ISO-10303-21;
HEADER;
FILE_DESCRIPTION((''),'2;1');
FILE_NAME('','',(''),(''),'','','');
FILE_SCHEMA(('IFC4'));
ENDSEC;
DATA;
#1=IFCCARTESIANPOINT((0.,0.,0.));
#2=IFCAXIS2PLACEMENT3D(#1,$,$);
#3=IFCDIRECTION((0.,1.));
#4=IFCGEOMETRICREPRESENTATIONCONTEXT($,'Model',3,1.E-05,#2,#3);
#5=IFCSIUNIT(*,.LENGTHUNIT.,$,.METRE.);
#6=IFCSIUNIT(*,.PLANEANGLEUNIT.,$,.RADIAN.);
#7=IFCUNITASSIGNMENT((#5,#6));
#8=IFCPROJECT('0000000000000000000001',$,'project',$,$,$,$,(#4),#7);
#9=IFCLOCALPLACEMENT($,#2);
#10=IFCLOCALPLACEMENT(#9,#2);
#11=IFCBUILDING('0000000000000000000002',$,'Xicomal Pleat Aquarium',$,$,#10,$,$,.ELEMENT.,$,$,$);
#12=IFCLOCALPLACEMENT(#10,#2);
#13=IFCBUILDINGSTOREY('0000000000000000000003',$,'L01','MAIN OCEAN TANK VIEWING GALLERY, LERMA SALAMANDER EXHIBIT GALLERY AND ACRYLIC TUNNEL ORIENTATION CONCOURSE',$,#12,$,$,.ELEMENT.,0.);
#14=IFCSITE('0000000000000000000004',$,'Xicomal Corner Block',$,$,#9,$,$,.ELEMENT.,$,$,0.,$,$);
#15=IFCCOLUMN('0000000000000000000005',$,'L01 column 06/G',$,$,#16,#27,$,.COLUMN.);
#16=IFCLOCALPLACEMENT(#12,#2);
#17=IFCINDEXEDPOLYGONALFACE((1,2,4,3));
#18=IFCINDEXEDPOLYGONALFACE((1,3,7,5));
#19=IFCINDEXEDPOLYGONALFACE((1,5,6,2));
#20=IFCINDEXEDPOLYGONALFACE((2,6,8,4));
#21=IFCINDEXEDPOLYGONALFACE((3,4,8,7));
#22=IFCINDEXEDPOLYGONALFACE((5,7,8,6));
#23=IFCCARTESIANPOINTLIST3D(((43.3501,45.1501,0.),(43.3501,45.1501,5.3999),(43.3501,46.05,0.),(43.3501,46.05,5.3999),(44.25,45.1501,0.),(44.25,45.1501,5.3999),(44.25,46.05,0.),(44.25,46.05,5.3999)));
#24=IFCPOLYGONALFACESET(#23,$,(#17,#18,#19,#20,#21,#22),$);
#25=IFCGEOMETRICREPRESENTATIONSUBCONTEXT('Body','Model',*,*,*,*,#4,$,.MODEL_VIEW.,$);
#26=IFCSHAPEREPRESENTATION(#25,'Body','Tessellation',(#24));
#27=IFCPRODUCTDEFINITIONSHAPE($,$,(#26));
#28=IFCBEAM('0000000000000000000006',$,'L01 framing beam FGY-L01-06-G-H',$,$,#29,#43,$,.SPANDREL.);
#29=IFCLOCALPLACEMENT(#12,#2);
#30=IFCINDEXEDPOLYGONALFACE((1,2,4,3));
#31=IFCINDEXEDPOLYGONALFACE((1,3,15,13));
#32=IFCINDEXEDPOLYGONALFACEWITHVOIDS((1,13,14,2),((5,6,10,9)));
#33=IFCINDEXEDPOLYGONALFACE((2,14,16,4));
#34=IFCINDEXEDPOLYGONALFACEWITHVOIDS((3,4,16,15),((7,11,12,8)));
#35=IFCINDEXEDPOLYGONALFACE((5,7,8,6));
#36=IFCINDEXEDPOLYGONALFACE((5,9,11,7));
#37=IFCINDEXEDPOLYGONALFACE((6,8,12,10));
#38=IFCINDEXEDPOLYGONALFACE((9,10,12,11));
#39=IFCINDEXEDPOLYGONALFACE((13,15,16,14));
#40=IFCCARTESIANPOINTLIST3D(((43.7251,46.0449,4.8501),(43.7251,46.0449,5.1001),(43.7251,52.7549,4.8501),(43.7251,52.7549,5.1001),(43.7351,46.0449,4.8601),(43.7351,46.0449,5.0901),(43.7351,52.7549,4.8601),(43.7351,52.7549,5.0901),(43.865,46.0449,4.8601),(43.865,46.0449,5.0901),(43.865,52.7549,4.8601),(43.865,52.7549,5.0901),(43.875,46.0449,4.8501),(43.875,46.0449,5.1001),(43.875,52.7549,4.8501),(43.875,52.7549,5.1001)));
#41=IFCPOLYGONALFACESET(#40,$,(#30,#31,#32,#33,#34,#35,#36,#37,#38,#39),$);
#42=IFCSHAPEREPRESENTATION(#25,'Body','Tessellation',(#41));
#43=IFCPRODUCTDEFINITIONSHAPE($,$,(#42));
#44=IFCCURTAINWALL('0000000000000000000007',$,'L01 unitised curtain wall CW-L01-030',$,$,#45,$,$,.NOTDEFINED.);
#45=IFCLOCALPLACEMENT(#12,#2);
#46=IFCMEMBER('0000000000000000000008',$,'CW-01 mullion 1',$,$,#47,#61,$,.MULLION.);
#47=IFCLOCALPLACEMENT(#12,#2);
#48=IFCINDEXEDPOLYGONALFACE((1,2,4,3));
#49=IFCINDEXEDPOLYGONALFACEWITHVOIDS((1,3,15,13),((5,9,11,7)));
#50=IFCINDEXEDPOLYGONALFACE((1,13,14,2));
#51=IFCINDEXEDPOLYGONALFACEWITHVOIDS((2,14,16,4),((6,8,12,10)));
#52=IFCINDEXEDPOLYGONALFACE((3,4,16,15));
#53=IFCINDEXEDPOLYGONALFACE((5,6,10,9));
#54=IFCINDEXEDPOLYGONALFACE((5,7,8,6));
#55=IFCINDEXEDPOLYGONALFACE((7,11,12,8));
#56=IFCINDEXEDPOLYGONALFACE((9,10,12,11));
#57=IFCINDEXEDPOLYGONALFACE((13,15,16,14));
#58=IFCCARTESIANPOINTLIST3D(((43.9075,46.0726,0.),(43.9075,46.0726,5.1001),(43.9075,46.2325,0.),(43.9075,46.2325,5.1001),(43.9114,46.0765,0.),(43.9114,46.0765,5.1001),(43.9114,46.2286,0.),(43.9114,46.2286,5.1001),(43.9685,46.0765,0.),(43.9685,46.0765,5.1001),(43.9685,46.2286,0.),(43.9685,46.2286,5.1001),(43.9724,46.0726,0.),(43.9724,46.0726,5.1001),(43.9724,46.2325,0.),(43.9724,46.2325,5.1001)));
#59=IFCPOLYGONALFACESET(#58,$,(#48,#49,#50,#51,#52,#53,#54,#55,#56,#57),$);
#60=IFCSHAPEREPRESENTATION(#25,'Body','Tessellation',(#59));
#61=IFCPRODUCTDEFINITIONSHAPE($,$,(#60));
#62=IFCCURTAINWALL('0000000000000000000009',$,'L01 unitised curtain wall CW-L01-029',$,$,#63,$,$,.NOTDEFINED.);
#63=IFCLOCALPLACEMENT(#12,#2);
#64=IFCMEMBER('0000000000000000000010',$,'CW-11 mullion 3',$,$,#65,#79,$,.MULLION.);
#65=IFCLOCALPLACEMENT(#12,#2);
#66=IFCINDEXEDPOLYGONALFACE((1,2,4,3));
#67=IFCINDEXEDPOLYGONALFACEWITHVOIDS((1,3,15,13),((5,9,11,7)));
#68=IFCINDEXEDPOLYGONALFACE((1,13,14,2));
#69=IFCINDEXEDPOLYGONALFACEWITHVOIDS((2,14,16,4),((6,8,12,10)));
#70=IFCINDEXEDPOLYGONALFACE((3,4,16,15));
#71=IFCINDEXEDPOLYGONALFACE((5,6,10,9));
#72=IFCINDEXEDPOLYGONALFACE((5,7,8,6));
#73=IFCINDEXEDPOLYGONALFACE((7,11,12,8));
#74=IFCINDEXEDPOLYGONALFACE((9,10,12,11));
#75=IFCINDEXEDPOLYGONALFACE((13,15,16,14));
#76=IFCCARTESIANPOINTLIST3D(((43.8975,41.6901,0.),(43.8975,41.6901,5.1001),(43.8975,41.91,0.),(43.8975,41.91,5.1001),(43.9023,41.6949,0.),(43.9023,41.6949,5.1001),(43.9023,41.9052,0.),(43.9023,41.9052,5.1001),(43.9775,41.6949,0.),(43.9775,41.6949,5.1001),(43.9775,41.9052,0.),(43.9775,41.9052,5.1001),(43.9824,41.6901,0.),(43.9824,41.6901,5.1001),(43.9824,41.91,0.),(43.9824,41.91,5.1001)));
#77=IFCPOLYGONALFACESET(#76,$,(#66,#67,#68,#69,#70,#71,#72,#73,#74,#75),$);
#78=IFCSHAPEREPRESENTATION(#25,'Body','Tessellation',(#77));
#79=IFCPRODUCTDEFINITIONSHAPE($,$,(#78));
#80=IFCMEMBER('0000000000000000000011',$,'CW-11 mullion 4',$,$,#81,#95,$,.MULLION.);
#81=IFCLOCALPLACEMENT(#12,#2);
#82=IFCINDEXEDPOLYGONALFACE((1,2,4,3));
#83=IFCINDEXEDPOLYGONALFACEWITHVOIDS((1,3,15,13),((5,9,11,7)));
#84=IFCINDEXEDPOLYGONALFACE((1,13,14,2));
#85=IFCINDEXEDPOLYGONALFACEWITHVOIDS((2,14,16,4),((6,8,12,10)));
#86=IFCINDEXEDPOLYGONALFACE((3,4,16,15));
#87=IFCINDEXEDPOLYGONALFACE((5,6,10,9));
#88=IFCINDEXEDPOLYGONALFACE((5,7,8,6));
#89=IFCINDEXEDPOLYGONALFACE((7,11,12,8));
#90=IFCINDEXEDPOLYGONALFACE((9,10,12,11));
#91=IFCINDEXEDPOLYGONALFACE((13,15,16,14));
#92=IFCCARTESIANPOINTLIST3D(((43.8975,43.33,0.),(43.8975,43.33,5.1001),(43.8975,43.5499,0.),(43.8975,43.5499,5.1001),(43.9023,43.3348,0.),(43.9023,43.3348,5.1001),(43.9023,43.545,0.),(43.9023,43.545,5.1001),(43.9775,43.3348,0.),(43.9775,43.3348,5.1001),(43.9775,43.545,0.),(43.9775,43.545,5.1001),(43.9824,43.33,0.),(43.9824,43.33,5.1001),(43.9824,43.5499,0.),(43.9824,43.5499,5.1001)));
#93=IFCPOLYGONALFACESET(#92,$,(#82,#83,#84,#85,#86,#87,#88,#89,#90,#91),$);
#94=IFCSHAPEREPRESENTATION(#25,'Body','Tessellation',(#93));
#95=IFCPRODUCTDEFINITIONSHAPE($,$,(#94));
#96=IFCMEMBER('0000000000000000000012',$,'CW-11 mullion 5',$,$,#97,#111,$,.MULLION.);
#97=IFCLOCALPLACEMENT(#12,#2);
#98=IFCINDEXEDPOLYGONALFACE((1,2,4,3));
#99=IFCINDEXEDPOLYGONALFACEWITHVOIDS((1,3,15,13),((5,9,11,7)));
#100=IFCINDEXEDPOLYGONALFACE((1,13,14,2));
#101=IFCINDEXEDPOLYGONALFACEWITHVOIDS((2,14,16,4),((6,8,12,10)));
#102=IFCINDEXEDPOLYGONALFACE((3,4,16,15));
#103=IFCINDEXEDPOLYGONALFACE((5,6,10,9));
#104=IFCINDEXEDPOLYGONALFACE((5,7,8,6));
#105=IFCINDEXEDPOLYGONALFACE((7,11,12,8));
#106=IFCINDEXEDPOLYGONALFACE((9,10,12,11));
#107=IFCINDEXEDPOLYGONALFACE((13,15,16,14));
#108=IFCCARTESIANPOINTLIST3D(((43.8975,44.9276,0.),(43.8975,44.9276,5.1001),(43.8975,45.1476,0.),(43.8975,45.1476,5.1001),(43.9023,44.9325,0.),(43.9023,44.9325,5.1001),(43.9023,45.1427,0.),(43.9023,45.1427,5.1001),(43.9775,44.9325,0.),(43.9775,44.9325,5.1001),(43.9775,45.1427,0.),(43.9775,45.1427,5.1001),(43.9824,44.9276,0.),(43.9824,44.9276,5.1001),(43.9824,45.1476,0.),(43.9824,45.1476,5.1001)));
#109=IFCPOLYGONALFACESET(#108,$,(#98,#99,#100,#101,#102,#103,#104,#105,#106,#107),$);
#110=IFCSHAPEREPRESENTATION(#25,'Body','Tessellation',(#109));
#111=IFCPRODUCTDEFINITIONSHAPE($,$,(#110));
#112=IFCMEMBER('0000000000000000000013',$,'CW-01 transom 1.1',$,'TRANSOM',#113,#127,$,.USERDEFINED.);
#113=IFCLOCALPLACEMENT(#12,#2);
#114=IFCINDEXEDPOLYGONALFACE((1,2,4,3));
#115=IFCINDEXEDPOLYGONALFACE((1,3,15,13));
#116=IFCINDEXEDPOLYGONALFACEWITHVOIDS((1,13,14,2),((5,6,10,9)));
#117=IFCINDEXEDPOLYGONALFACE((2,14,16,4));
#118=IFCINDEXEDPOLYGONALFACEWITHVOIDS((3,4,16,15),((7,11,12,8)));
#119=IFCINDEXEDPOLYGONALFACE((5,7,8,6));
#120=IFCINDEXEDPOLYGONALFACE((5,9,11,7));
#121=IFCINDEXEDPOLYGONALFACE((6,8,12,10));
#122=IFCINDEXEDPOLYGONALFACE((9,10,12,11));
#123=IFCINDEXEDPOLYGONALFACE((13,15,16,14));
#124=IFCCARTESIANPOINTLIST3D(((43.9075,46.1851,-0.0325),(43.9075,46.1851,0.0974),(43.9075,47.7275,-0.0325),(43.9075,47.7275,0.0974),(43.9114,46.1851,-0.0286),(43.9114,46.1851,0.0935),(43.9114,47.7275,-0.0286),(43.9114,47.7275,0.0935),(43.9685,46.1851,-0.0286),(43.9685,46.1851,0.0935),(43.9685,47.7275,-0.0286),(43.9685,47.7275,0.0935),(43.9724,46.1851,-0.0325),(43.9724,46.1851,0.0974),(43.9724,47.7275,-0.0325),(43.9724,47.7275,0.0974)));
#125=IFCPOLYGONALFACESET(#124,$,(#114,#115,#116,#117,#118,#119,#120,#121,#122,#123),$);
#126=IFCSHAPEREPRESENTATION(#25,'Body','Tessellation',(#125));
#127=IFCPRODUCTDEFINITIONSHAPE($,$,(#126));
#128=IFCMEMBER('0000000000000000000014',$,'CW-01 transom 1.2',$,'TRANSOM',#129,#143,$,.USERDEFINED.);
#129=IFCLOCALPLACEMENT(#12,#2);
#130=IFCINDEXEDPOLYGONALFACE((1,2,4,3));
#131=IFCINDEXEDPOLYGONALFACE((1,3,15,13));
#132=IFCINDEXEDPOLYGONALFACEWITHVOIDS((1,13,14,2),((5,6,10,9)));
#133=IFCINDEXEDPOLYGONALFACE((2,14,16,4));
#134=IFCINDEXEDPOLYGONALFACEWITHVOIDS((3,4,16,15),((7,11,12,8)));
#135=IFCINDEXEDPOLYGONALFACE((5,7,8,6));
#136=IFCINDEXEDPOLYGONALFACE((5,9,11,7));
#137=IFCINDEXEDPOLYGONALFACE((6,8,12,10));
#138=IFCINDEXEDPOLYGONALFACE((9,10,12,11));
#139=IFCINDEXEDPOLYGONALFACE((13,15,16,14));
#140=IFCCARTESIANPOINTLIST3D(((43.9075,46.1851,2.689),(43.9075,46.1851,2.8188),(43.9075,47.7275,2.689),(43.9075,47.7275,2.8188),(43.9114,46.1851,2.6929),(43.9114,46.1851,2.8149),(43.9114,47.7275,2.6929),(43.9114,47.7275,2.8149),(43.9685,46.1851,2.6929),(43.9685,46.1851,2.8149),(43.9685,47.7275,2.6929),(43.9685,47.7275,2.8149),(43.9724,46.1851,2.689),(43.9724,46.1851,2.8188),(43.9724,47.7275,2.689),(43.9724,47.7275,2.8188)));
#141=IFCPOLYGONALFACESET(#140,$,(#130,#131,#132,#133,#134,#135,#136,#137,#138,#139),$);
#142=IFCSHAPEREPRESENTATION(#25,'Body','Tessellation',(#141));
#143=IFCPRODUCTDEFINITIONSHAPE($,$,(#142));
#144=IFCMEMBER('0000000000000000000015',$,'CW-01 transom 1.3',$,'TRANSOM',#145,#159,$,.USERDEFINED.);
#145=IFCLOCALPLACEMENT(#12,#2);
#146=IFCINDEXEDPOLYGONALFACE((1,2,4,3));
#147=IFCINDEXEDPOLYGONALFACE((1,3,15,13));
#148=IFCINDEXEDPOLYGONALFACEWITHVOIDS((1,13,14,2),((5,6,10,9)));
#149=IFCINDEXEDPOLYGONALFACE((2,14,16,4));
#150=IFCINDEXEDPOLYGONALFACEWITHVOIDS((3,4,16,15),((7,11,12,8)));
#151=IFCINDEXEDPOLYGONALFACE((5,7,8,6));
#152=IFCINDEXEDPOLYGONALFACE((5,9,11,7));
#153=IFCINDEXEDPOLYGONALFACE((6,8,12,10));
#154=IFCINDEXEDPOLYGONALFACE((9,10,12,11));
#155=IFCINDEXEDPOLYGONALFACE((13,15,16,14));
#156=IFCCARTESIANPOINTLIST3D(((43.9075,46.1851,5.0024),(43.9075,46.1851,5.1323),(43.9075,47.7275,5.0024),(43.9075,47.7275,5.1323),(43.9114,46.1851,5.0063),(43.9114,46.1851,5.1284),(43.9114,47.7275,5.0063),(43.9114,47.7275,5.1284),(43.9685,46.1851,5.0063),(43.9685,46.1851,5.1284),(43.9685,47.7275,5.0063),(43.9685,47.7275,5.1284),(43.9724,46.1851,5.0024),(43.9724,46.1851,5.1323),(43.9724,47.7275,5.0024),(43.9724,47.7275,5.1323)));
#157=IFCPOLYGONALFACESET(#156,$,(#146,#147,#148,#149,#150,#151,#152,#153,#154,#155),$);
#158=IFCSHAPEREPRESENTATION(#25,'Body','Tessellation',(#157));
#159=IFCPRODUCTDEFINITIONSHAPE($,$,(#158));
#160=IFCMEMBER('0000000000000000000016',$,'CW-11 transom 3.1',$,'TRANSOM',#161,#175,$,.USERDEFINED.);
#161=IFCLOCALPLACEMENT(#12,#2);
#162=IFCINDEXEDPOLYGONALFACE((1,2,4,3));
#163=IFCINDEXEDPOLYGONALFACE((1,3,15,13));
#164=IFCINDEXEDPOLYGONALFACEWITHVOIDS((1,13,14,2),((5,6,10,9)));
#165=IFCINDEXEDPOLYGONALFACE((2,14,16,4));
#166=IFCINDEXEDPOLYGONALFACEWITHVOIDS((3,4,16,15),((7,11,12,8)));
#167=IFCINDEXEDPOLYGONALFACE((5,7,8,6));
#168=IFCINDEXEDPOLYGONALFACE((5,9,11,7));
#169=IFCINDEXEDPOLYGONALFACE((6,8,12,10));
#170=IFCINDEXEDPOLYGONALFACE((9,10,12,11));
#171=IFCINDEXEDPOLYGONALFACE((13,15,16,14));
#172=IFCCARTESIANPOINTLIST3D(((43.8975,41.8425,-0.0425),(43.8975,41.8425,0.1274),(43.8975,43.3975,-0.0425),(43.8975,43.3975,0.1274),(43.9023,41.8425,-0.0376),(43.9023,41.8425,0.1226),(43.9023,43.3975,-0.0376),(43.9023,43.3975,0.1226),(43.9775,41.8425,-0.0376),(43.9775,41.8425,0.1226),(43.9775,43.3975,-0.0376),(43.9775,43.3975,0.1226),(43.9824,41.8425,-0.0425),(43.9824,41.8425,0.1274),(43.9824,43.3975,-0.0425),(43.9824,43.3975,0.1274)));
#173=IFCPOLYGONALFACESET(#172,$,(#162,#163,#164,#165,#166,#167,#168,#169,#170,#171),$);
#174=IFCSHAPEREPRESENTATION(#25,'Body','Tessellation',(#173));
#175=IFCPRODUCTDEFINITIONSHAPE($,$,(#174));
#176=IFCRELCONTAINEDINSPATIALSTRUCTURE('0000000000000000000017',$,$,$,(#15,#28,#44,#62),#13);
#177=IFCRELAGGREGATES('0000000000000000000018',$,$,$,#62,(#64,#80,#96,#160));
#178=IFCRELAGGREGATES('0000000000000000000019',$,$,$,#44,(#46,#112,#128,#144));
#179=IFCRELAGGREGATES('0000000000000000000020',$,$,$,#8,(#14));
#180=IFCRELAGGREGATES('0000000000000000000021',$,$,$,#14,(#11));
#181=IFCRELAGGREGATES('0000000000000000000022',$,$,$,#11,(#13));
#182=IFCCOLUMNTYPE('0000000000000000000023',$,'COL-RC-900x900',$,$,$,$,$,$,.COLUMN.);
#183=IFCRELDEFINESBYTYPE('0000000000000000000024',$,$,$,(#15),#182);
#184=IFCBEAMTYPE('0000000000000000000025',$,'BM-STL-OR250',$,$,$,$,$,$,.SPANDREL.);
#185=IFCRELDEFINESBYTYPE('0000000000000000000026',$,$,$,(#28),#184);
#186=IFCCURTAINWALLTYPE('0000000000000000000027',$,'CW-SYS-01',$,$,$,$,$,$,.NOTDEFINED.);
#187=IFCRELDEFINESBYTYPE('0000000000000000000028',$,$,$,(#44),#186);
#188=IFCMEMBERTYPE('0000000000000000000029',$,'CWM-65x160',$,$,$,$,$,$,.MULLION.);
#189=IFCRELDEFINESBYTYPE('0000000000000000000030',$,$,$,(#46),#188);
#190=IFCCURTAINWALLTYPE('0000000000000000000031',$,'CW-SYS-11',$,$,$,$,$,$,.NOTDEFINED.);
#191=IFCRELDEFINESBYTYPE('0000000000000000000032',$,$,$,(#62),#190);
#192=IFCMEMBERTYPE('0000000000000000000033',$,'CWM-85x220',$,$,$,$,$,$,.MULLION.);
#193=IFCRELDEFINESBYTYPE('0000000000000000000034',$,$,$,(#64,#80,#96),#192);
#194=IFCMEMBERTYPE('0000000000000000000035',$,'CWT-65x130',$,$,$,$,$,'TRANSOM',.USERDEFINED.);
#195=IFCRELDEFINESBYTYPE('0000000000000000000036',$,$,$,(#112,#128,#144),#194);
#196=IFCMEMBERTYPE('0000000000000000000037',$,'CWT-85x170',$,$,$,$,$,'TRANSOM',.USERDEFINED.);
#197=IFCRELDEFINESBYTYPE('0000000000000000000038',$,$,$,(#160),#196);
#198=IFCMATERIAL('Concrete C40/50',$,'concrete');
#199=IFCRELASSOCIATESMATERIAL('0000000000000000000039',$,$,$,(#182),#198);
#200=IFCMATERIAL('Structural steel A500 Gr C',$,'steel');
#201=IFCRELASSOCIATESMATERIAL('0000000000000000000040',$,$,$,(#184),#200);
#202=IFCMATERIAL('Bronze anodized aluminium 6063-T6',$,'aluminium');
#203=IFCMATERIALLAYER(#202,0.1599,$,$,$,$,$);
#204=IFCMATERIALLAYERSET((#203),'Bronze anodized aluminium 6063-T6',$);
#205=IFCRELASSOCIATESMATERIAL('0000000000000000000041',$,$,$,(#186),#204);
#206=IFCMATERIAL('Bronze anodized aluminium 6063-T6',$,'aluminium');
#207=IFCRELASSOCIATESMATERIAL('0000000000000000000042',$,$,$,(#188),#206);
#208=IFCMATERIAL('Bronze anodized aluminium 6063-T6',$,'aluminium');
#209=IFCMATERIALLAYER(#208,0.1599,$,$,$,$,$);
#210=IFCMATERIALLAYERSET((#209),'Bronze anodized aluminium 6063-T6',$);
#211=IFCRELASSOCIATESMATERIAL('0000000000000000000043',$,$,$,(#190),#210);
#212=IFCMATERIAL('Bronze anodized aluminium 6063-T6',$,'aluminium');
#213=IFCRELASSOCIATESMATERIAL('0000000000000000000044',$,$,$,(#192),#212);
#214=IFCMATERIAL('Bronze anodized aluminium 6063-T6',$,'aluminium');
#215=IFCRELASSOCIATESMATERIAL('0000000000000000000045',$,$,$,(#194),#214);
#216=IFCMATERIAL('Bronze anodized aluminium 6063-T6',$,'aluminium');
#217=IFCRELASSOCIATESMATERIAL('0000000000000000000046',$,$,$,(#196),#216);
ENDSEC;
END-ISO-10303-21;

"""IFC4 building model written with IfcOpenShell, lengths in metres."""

from ifc_helpers import new_model, si_unit, direction, frame, origin, origin_2d, place, context, subcontext, project, spatial, rectangle, hollow_rectangle, extrude, material, layer, layer_set, material_profile, profile_set, type_object, element, aggregate, save


model = new_model("IFC4")

# Units and contexts
model_context = context("Model", 3, precision=1e-05, world=origin(), true_north=direction((0.0, 1.0)))
body_context = subcontext(model_context, "Body", "Model", "MODEL_VIEW")
ifc_project = project(units=[si_unit("LENGTHUNIT", "METRE"), si_unit("PLANEANGLEUNIT", "RADIAN")], contexts=[model_context])

# Site, building, storey
site_placement = place(None, origin())
site = spatial("IfcSite", under=ifc_project, at=site_placement, Name="Xicomal Corner Block", CompositionType="ELEMENT", RefElevation=0.0)
building_placement = place(site_placement, origin())
building = spatial("IfcBuilding", under=site, at=building_placement, Name="Xicomal Pleat Aquarium", CompositionType="ELEMENT")
storey_placement = place(building_placement, origin())
storey = spatial("IfcBuildingStorey", under=building, at=storey_placement, Name="L01", Description="MAIN OCEAN TANK VIEWING GALLERY, LERMA SALAMANDER EXHIBIT GALLERY AND ACRYLIC TUNNEL ORIENTATION CONCOURSE", CompositionType="ELEMENT", Elevation=0.0)

# Column
ifc_material_1 = material(Name="Concrete C40/50", Category="concrete")
ifc_material_profile_1 = material_profile(ifc_material_1, rectangle(XDim=0.8999, YDim=0.8999, at=origin_2d()), Name="RC 900x900")
ifc_profile_set_1 = profile_set([ifc_material_profile_1], Name="Concrete C40/50")
column_type = type_object("IfcColumnType", Name="COL-RC-900x900", PredefinedType="COLUMN", material=ifc_profile_set_1)
column_placement = place(storey_placement, frame((43.8, 45.6001, 0.0), z_axis=(0.0, 0.0, 1.0), x_axis=(1.0, 0.0, 0.0)))
element("IfcColumn", 1, at=column_placement, inside=storey, type_object=column_type, Name="L01 column 06/G", PredefinedType="COLUMN", context=body_context, shape_type="SweptSolid", body=[
    extrude(rectangle(XDim=0.8999, YDim=0.8999, at=origin_2d()), origin(), (0.0, 0.0, 1.0), 5.3999),
])

# Beam
ifc_material_2 = material(Name="Structural steel A500 Gr C", Category="steel")
ifc_material_profile_2 = material_profile(ifc_material_2, hollow_rectangle(XDim=0.1499, YDim=0.25, WallThickness=0.01, at=origin_2d()), Name="OR 250x150x10")
ifc_profile_set_2 = profile_set([ifc_material_profile_2], Name="Structural steel A500 Gr C")
beam_type = type_object("IfcBeamType", Name="BM-STL-OR250", PredefinedType="SPANDREL", material=ifc_profile_set_2)
beam_placement = place(storey_placement, frame((43.8, 46.0449, 4.9751), z_axis=(0.0, 1.0, 0.0), x_axis=(-1.0, 0.0, 0.0)))
element("IfcBeam", 2, at=beam_placement, inside=storey, type_object=beam_type, Name="L01 framing beam FGY-L01-06-G-H", PredefinedType="SPANDREL", context=body_context, shape_type="SweptSolid", body=[
    extrude(hollow_rectangle(XDim=0.1499, YDim=0.25, WallThickness=0.01, at=origin_2d()), origin(), (0.0, 0.0, 1.0), 6.71),
])

# Curtain wall, member
ifc_material_3 = material(Name="Bronze anodized aluminium 6063-T6", Category="aluminium")
ifc_layer_1 = layer(ifc_material_3, 0.1599)
ifc_layer_set_1 = layer_set([ifc_layer_1], Name="Bronze anodized aluminium 6063-T6")
curtain_wall_type_1 = type_object("IfcCurtainWallType", Name="CW-SYS-01", PredefinedType="NOTDEFINED", material=ifc_layer_set_1)
curtain_wall_1_placement = place(storey_placement, origin())
curtain_wall_1 = element("IfcCurtainWall", 3, at=curtain_wall_1_placement, inside=storey, type_object=curtain_wall_type_1, Name="L01 unitised curtain wall CW-L01-030", PredefinedType="NOTDEFINED")
ifc_material_4 = material(Name="Bronze anodized aluminium 6063-T6", Category="aluminium")
ifc_material_profile_3 = material_profile(ifc_material_4, hollow_rectangle(XDim=0.0649, YDim=0.1599, WallThickness=0.0039, at=origin_2d()), Name="ALU MULL 65x160")
ifc_profile_set_3 = profile_set([ifc_material_profile_3], Name="Bronze anodized aluminium 6063-T6")
member_type_1 = type_object("IfcMemberType", Name="CWM-65x160", PredefinedType="MULLION", material=ifc_profile_set_3)
member_1_placement = place(storey_placement, frame((43.9399, 46.1526, 0.0), z_axis=(0.0, 0.0, 1.0), x_axis=(-1.0, 0.0, 0.0)))
member_1 = element("IfcMember", 4, at=member_1_placement, type_object=member_type_1, Name="CW-01 mullion 1", PredefinedType="MULLION", context=body_context, shape_type="SweptSolid", body=[
    extrude(hollow_rectangle(XDim=0.0649, YDim=0.1599, WallThickness=0.0039, at=origin_2d()), origin(), (0.0, 0.0, 1.0), 5.1001),
])

# Curtain wall, members
ifc_material_5 = material(Name="Bronze anodized aluminium 6063-T6", Category="aluminium")
ifc_layer_2 = layer(ifc_material_5, 0.1599)
ifc_layer_set_2 = layer_set([ifc_layer_2], Name="Bronze anodized aluminium 6063-T6")
curtain_wall_type_2 = type_object("IfcCurtainWallType", Name="CW-SYS-11", PredefinedType="NOTDEFINED", material=ifc_layer_set_2)
curtain_wall_2_placement = place(storey_placement, origin())
curtain_wall_2 = element("IfcCurtainWall", 5, at=curtain_wall_2_placement, inside=storey, type_object=curtain_wall_type_2, Name="L01 unitised curtain wall CW-L01-029", PredefinedType="NOTDEFINED")
ifc_material_6 = material(Name="Bronze anodized aluminium 6063-T6", Category="aluminium")
ifc_material_profile_4 = material_profile(ifc_material_6, hollow_rectangle(XDim=0.085, YDim=0.22, WallThickness=0.0049, at=origin_2d()), Name="ALU MULL 85x220")
ifc_profile_set_4 = profile_set([ifc_material_profile_4], Name="Bronze anodized aluminium 6063-T6")
member_type_2 = type_object("IfcMemberType", Name="CWM-85x220", PredefinedType="MULLION", material=ifc_profile_set_4)
member_2_placement = place(storey_placement, frame((43.9399, 41.8, 0.0), z_axis=(0.0, 0.0, 1.0), x_axis=(-1.0, 0.0, 0.0)))
member_2 = element("IfcMember", 6, at=member_2_placement, type_object=member_type_2, Name="CW-11 mullion 3", PredefinedType="MULLION", context=body_context, shape_type="SweptSolid", body=[
    extrude(hollow_rectangle(XDim=0.085, YDim=0.22, WallThickness=0.0049, at=origin_2d()), origin(), (0.0, 0.0, 1.0), 5.1001),
])
member_3_placement = place(storey_placement, frame((43.9399, 43.4399, 0.0), z_axis=(0.0, 0.0, 1.0), x_axis=(-1.0, 0.0, 0.0)))
member_3 = element("IfcMember", 7, at=member_3_placement, type_object=member_type_2, Name="CW-11 mullion 4", PredefinedType="MULLION", context=body_context, shape_type="SweptSolid", body=[
    extrude(hollow_rectangle(XDim=0.085, YDim=0.22, WallThickness=0.0049, at=origin_2d()), origin(), (0.0, 0.0, 1.0), 5.1001),
])
member_4_placement = place(storey_placement, frame((43.9399, 45.0376, 0.0), z_axis=(0.0, 0.0, 1.0), x_axis=(-1.0, 0.0, 0.0)))
member_4 = element("IfcMember", 8, at=member_4_placement, type_object=member_type_2, Name="CW-11 mullion 5", PredefinedType="MULLION", context=body_context, shape_type="SweptSolid", body=[
    extrude(hollow_rectangle(XDim=0.085, YDim=0.22, WallThickness=0.0049, at=origin_2d()), origin(), (0.0, 0.0, 1.0), 5.1001),
])

# Members
ifc_material_7 = material(Name="Bronze anodized aluminium 6063-T6", Category="aluminium")
ifc_material_profile_5 = material_profile(ifc_material_7, hollow_rectangle(XDim=0.0649, YDim=0.1299, WallThickness=0.0039, at=origin_2d()), Name="ALU TRAN 65x130")
ifc_profile_set_5 = profile_set([ifc_material_profile_5], Name="Bronze anodized aluminium 6063-T6")
member_type_3 = type_object("IfcMemberType", Name="CWT-65x130", ElementType="TRANSOM", PredefinedType="USERDEFINED", material=ifc_profile_set_5)
member_5_placement = place(storey_placement, frame((43.9399, 46.1851, 0.0325), z_axis=(0.0, 1.0, 0.0), x_axis=(-1.0, 0.0, 0.0)))
member_5 = element("IfcMember", 9, at=member_5_placement, type_object=member_type_3, Name="CW-01 transom 1.1", ObjectType="TRANSOM", PredefinedType="USERDEFINED", context=body_context, shape_type="SweptSolid", body=[
    extrude(hollow_rectangle(XDim=0.0649, YDim=0.1299, WallThickness=0.0039, at=origin_2d()), origin(), (0.0, 0.0, 1.0), 1.5425),
])
member_6_placement = place(storey_placement, frame((43.9399, 46.1851, 2.7539), z_axis=(0.0, 1.0, 0.0), x_axis=(-1.0, 0.0, 0.0)))
member_6 = element("IfcMember", 10, at=member_6_placement, type_object=member_type_3, Name="CW-01 transom 1.2", ObjectType="TRANSOM", PredefinedType="USERDEFINED", context=body_context, shape_type="SweptSolid", body=[
    extrude(hollow_rectangle(XDim=0.0649, YDim=0.1299, WallThickness=0.0039, at=origin_2d()), origin(), (0.0, 0.0, 1.0), 1.5425),
])
member_7_placement = place(storey_placement, frame((43.9399, 46.1851, 5.0674), z_axis=(0.0, 1.0, 0.0), x_axis=(-1.0, 0.0, 0.0)))
member_7 = element("IfcMember", 11, at=member_7_placement, type_object=member_type_3, Name="CW-01 transom 1.3", ObjectType="TRANSOM", PredefinedType="USERDEFINED", context=body_context, shape_type="SweptSolid", body=[
    extrude(hollow_rectangle(XDim=0.0649, YDim=0.1299, WallThickness=0.0039, at=origin_2d()), origin(), (0.0, 0.0, 1.0), 1.5425),
])
ifc_material_8 = material(Name="Bronze anodized aluminium 6063-T6", Category="aluminium")
ifc_material_profile_6 = material_profile(ifc_material_8, hollow_rectangle(XDim=0.085, YDim=0.1699, WallThickness=0.0049, at=origin_2d()), Name="ALU TRAN 85x170")
ifc_profile_set_6 = profile_set([ifc_material_profile_6], Name="Bronze anodized aluminium 6063-T6")
member_type_4 = type_object("IfcMemberType", Name="CWT-85x170", ElementType="TRANSOM", PredefinedType="USERDEFINED", material=ifc_profile_set_6)
member_8_placement = place(storey_placement, frame((43.9399, 41.8425, 0.0425), z_axis=(0.0, 1.0, 0.0), x_axis=(-1.0, 0.0, 0.0)))
member_8 = element("IfcMember", 12, at=member_8_placement, type_object=member_type_4, Name="CW-11 transom 3.1", ObjectType="TRANSOM", PredefinedType="USERDEFINED", context=body_context, shape_type="SweptSolid", body=[
    extrude(hollow_rectangle(XDim=0.085, YDim=0.1699, WallThickness=0.0049, at=origin_2d()), origin(), (0.0, 0.0, 1.0), 1.5549),
])

aggregate(curtain_wall_2, [member_2, member_3, member_4, member_8])
aggregate(curtain_wall_1, [member_1, member_5, member_6, member_7])

save(model, "model.ifc")
